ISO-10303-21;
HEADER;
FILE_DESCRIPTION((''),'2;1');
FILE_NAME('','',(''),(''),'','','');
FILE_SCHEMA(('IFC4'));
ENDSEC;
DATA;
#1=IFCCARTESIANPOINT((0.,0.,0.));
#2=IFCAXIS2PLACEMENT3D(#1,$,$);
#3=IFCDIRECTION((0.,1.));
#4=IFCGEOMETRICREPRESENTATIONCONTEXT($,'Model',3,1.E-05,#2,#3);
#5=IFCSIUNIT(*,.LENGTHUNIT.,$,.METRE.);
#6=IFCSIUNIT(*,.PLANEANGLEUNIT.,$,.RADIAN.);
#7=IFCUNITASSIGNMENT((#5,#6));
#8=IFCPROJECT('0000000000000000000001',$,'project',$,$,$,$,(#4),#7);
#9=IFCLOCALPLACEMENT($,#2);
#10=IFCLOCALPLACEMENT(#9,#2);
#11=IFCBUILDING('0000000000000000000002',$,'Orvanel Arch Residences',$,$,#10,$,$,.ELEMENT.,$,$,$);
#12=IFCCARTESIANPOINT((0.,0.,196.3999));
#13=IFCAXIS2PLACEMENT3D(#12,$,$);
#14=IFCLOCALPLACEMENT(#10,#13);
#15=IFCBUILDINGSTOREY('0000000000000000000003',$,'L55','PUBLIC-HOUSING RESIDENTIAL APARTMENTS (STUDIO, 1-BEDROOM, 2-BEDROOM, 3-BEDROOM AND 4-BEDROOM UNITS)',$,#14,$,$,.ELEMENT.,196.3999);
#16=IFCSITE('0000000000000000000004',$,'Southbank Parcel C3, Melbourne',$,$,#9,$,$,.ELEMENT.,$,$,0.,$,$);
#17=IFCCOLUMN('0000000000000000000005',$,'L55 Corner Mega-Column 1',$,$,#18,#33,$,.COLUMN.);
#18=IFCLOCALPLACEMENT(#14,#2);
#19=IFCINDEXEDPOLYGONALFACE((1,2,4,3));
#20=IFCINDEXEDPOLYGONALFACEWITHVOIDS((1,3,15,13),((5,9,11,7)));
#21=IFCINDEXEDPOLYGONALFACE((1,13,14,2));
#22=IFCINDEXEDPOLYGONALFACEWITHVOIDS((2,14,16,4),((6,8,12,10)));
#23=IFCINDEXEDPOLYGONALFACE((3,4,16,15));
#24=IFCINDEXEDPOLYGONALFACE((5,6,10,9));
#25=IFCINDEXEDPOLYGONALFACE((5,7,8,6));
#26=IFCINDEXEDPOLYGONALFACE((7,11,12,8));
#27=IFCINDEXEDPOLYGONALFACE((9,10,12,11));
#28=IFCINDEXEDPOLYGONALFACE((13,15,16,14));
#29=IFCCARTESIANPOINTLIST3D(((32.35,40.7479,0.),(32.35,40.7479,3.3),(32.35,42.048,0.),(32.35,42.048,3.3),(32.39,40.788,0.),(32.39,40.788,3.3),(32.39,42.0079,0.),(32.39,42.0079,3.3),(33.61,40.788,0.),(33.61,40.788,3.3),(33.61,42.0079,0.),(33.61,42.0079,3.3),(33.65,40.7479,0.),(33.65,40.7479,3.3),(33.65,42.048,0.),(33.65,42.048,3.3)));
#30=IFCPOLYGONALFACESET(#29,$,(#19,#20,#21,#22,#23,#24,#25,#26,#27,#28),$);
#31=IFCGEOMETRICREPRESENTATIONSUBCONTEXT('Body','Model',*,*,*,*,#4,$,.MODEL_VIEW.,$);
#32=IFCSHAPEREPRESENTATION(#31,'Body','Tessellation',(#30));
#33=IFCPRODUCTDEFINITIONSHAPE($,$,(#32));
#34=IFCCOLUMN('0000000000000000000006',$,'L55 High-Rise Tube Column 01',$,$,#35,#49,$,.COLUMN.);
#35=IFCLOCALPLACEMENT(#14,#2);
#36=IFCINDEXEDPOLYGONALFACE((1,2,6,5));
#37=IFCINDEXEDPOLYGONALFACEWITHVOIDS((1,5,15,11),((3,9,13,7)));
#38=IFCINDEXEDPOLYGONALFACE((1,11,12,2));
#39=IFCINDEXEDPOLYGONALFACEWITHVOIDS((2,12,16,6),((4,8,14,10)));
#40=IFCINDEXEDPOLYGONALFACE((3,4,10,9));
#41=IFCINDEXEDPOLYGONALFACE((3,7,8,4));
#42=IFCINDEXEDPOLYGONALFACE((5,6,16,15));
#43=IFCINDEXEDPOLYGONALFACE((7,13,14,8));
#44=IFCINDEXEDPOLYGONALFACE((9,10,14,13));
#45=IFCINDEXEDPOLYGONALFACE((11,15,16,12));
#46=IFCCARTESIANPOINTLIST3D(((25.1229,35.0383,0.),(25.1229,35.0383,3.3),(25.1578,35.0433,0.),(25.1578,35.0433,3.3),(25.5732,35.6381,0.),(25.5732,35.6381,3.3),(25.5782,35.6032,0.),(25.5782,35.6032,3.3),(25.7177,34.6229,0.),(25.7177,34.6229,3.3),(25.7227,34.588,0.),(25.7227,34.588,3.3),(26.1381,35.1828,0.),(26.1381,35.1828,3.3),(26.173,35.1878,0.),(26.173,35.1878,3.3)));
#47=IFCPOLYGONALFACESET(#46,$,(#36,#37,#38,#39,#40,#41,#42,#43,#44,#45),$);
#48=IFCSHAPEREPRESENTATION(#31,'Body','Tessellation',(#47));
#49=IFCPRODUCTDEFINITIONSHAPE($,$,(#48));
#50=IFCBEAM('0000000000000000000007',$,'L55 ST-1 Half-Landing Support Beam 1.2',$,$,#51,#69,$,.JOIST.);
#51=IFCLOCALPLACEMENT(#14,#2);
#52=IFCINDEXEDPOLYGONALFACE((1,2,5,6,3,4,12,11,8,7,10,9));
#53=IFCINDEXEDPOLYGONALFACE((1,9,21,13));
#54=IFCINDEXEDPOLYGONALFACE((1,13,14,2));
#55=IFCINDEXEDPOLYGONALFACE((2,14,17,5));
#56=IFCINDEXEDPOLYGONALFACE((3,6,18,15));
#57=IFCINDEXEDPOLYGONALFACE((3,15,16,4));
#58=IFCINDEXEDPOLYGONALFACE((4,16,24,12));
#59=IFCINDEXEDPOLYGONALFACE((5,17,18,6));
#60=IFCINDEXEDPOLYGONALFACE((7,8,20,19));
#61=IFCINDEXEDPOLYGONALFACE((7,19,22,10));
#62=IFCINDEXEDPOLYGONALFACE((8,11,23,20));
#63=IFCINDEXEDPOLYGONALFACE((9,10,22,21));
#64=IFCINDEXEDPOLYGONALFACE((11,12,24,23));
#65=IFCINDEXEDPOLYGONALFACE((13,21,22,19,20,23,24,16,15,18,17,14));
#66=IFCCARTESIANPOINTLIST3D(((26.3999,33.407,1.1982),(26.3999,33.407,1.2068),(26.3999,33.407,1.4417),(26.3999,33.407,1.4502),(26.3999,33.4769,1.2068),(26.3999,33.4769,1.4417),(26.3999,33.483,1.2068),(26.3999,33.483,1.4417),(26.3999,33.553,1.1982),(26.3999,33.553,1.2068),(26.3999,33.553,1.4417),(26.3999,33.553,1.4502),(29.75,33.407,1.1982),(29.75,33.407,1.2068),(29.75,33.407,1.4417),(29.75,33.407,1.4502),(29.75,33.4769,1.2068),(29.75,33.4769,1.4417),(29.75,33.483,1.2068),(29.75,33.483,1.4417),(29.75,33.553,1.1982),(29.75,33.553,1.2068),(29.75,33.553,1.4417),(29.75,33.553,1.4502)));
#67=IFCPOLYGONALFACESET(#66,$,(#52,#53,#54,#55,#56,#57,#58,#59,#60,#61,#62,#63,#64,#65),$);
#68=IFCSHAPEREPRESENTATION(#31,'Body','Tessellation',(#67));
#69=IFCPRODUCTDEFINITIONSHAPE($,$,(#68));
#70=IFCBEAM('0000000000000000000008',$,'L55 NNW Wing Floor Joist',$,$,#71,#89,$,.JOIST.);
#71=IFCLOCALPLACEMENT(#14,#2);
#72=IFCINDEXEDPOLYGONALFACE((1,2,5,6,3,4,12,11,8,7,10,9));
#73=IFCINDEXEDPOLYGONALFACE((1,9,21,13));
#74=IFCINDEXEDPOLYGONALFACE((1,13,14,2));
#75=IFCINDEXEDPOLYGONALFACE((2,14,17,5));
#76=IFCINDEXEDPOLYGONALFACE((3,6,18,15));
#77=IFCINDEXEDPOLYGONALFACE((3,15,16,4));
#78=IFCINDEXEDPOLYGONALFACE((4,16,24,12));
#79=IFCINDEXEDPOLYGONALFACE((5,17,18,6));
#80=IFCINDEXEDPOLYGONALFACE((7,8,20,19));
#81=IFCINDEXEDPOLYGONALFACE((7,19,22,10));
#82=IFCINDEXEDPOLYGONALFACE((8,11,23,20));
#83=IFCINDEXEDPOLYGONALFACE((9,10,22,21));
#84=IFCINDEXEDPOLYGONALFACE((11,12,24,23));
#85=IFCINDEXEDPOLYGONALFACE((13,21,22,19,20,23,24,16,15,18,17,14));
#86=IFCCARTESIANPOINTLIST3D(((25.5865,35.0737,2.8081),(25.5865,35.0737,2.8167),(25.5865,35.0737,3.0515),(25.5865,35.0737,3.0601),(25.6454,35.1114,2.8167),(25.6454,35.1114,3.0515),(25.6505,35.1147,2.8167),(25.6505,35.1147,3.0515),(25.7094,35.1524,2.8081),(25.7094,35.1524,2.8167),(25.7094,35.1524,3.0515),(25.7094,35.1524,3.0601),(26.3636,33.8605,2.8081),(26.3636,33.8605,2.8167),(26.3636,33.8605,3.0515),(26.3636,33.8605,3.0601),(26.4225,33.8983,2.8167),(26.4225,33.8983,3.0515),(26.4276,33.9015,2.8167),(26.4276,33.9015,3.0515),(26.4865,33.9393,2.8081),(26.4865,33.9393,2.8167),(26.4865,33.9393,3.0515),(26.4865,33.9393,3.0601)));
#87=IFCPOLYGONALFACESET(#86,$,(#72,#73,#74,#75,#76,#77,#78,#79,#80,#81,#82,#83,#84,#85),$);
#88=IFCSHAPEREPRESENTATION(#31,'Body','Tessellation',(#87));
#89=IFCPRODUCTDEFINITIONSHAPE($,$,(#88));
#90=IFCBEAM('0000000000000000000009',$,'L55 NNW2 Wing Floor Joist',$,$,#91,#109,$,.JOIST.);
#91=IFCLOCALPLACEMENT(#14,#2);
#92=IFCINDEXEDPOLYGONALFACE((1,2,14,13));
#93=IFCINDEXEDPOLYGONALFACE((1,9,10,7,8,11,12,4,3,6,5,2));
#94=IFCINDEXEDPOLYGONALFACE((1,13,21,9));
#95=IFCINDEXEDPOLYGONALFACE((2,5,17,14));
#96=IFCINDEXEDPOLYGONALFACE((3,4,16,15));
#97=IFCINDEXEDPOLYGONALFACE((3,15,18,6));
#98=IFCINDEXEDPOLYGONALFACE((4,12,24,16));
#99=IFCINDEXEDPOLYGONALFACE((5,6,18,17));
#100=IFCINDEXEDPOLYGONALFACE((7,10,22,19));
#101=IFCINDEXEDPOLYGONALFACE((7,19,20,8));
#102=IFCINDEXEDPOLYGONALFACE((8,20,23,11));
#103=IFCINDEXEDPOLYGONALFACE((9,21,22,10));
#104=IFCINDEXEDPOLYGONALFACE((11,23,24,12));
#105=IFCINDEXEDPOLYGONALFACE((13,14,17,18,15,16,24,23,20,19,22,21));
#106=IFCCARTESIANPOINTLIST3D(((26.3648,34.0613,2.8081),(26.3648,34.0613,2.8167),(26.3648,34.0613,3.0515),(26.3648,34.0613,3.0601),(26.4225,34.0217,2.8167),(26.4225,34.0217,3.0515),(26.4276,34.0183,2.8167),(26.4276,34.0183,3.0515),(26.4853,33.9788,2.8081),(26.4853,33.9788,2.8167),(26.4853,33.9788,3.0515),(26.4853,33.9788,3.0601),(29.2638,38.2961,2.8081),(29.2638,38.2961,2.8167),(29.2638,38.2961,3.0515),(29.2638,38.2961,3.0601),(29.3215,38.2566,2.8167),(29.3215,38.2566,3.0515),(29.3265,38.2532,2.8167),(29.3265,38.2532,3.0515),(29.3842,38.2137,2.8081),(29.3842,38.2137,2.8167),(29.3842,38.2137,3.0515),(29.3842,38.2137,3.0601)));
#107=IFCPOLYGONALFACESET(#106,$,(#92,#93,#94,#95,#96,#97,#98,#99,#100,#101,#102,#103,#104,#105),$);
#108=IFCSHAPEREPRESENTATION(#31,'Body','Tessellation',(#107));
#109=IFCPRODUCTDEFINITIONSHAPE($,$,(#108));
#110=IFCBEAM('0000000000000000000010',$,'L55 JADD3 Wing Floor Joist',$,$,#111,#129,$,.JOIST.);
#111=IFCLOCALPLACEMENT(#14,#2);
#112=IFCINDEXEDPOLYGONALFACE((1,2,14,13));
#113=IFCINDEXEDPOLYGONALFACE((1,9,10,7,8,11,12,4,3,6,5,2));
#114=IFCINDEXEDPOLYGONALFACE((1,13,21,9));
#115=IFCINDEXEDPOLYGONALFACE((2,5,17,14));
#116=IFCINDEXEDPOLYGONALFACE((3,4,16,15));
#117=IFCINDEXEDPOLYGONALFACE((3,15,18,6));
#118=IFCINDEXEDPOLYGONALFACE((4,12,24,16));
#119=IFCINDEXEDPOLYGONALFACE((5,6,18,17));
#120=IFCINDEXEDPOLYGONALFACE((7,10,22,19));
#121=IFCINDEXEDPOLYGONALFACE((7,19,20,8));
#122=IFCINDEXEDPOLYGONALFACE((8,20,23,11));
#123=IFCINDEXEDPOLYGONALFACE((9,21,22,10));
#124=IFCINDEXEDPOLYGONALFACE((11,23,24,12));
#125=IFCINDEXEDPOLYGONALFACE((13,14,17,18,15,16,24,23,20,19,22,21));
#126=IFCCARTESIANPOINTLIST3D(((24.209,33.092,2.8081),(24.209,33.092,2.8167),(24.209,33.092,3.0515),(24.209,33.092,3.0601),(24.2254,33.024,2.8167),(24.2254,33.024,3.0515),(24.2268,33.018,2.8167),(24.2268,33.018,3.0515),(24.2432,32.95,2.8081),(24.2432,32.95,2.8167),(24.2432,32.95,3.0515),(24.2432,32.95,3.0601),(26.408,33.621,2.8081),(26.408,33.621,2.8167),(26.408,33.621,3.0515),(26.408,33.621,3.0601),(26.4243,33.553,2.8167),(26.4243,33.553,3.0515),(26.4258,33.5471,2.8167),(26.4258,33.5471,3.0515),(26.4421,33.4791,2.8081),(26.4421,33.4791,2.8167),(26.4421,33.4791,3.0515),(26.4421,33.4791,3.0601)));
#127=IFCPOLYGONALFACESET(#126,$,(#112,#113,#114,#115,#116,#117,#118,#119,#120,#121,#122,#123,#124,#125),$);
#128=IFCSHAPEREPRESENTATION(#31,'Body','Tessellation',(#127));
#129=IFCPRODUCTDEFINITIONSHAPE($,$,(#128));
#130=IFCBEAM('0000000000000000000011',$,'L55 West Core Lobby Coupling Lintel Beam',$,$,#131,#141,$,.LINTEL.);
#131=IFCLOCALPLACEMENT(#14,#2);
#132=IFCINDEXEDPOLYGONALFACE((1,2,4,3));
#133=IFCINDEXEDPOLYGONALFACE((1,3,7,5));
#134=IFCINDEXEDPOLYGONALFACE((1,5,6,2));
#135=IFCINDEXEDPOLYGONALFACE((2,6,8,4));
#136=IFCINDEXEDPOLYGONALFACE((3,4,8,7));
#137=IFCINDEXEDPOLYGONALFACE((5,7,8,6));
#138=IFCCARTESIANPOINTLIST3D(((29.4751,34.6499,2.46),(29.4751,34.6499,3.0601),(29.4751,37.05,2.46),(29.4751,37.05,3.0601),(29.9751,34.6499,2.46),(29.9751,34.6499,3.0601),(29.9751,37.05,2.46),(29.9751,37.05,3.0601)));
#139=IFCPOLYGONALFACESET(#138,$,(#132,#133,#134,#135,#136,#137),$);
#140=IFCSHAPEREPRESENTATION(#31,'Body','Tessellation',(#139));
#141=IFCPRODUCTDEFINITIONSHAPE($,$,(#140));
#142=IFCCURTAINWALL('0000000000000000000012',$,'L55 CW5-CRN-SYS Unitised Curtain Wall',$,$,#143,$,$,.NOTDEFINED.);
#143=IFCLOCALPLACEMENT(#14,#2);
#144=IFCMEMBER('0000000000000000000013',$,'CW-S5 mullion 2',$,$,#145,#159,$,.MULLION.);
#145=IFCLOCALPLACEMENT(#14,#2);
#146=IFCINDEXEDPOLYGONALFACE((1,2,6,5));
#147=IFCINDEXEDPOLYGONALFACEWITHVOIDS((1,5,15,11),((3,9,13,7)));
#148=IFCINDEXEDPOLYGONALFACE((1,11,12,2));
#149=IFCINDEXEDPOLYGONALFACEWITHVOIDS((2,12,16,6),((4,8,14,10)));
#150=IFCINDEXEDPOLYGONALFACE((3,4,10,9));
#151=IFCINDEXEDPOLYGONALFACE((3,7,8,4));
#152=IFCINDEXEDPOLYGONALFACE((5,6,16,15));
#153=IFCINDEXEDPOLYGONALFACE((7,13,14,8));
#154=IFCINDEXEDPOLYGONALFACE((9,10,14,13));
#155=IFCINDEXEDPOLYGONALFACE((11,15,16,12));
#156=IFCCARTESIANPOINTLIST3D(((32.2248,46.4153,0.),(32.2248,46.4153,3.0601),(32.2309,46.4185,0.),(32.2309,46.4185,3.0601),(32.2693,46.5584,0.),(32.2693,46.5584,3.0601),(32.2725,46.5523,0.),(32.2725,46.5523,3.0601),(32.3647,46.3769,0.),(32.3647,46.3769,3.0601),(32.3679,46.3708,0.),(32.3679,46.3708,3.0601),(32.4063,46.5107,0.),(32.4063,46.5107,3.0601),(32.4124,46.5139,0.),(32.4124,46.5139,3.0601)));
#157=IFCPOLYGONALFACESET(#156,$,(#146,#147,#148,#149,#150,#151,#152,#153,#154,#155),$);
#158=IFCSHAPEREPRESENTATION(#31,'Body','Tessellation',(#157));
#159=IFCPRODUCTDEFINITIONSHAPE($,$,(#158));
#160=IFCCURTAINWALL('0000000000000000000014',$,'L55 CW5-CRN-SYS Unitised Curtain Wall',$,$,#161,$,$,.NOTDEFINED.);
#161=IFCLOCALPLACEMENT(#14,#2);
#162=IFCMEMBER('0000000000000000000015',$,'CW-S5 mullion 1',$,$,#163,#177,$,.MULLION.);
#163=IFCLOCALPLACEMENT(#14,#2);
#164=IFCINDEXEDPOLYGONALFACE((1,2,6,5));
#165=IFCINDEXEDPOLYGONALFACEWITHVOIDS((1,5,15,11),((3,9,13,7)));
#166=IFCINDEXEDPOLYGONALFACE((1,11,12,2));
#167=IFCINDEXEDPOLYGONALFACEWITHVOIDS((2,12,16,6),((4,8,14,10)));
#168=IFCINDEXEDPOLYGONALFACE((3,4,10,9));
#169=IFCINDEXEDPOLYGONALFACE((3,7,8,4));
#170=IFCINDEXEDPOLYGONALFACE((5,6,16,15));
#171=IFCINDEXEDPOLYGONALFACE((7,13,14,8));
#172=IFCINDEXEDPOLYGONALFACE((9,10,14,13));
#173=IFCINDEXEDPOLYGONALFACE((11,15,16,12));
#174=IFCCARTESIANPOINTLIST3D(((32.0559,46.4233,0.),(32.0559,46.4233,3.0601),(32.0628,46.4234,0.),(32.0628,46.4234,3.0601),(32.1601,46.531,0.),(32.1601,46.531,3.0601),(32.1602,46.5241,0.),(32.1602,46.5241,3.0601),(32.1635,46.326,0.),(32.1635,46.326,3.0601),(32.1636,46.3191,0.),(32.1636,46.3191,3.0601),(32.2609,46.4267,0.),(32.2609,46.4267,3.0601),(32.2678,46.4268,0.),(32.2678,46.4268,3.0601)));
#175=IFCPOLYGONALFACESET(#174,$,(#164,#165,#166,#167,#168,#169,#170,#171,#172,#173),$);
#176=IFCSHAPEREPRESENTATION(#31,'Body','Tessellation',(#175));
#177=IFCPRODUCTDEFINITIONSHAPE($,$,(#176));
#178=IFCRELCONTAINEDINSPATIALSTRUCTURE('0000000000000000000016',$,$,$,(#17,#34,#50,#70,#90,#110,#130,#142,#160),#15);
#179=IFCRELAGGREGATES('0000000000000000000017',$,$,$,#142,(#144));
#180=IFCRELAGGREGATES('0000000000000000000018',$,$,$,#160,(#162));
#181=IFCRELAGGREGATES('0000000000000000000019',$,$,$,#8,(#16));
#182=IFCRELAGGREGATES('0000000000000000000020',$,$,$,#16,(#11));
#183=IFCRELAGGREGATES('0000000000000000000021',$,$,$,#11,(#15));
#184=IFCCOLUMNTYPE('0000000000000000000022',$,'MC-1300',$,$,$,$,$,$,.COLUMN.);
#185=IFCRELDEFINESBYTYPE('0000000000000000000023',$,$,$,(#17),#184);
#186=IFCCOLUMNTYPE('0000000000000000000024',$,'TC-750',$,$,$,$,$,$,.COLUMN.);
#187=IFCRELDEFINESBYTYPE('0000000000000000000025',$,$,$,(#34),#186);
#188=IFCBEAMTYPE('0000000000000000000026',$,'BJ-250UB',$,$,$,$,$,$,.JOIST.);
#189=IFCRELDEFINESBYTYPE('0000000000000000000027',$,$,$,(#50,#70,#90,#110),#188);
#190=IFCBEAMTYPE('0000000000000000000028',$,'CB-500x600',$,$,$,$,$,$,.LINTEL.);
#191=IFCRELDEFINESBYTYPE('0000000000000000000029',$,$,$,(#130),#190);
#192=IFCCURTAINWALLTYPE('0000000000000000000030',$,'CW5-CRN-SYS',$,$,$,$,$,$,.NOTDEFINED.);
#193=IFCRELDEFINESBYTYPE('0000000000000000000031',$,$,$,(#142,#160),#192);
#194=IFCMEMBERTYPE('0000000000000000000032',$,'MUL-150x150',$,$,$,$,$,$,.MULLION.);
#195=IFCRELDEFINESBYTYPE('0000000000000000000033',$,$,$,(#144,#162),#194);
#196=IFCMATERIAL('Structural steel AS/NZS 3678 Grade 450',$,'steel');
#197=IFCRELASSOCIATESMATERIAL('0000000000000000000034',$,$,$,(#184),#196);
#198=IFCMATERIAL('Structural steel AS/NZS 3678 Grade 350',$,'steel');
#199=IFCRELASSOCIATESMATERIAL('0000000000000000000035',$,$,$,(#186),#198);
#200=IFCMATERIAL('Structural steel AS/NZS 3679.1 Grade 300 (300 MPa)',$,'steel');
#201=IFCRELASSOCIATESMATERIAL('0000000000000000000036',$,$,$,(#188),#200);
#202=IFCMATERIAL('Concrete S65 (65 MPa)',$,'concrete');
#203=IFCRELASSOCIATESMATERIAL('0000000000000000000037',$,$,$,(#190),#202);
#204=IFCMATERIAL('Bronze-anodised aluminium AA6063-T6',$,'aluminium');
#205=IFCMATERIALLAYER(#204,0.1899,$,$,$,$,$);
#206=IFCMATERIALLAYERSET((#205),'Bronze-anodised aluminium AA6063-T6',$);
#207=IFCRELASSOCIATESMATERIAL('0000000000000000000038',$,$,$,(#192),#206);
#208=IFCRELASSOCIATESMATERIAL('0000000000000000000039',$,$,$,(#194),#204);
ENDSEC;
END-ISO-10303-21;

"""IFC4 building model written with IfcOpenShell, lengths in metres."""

from ifc_helpers import new_model, si_unit, direction, frame, origin, origin_2d, place, context, subcontext, project, spatial, rectangle, hollow_rectangle, i_section, extrude, material, layer, layer_set, material_profile, profile_set, type_object, element, aggregate, save


model = new_model("IFC4")

# Units and contexts
model_context = context("Model", 3, precision=1e-05, world=origin(), true_north=direction((0.0, 1.0)))
body_context = subcontext(model_context, "Body", "Model", "MODEL_VIEW")
ifc_project = project(units=[si_unit("LENGTHUNIT", "METRE"), si_unit("PLANEANGLEUNIT", "RADIAN")], contexts=[model_context])

# Site, building, storey
site_placement = place(None, origin())
site = spatial("IfcSite", under=ifc_project, at=site_placement, Name="Southbank Parcel C3, Melbourne", CompositionType="ELEMENT", RefElevation=0.0)
building_placement = place(site_placement, origin())
building = spatial("IfcBuilding", under=site, at=building_placement, Name="Orvanel Arch Residences", CompositionType="ELEMENT")
storey_placement = place(building_placement, frame((0.0, 0.0, 196.3999)))
storey = spatial("IfcBuildingStorey", under=building, at=storey_placement, Name="L55", Description="PUBLIC-HOUSING RESIDENTIAL APARTMENTS (STUDIO, 1-BEDROOM, 2-BEDROOM, 3-BEDROOM AND 4-BEDROOM UNITS)", CompositionType="ELEMENT", Elevation=196.3999)

# Columns
ifc_material_1 = material(Name="Structural steel AS/NZS 3678 Grade 450", Category="steel")
ifc_material_profile_1 = material_profile(ifc_material_1, hollow_rectangle(XDim=1.3, YDim=1.3, WallThickness=0.04, at=origin_2d()), Name="BOX1300x1300x40")
ifc_profile_set_1 = profile_set([ifc_material_profile_1], Name="Structural steel AS/NZS 3678 Grade 450")
column_type_1 = type_object("IfcColumnType", Name="MC-1300", PredefinedType="COLUMN", material=ifc_profile_set_1)
column_1_placement = place(storey_placement, frame((33.0, 41.3979, 0.0), z_axis=(0.0, 0.0, 1.0), x_axis=(1.0, 0.0, 0.0)))
element("IfcColumn", 1, at=column_1_placement, inside=storey, type_object=column_type_1, Name="L55 Corner Mega-Column 1", PredefinedType="COLUMN", context=body_context, shape_type="SweptSolid", body=[
    extrude(hollow_rectangle(XDim=1.3, YDim=1.3, WallThickness=0.04, at=origin_2d()), origin(), (0.0, 0.0, 1.0), 3.3),
])
ifc_material_2 = material(Name="Structural steel AS/NZS 3678 Grade 350", Category="steel")
ifc_material_profile_2 = material_profile(ifc_material_2, hollow_rectangle(XDim=0.75, YDim=0.75, WallThickness=0.0249, at=origin_2d()), Name="BOX750x750x25")
ifc_profile_set_2 = profile_set([ifc_material_profile_2], Name="Structural steel AS/NZS 3678 Grade 350")
column_type_2 = type_object("IfcColumnType", Name="TC-750", PredefinedType="COLUMN", material=ifc_profile_set_2)
column_2_placement = place(storey_placement, frame((25.6479, 35.113, 0.0), z_axis=(0.0, 0.0, 1.0), x_axis=(0.60042, 0.799685, 0.0)))
element("IfcColumn", 2, at=column_2_placement, inside=storey, type_object=column_type_2, Name="L55 High-Rise Tube Column 01", PredefinedType="COLUMN", context=body_context, shape_type="SweptSolid", body=[
    extrude(hollow_rectangle(XDim=0.75, YDim=0.75, WallThickness=0.0249, at=origin_2d()), origin(), (0.0, 0.0, 1.0), 3.3),
])

# Beams
ifc_material_3 = material(Name="Structural steel AS/NZS 3679.1 Grade 300 (300 MPa)", Category="steel")
ifc_material_profile_3 = material_profile(ifc_material_3, i_section(OverallWidth=0.146, OverallDepth=0.252, WebThickness=0.0061, FlangeThickness=0.0085, at=origin_2d()), Name="250UB31.4")
ifc_profile_set_3 = profile_set([ifc_material_profile_3], Name="Structural steel AS/NZS 3679.1 Grade 300 (300 MPa)")
beam_type_1 = type_object("IfcBeamType", Name="BJ-250UB", PredefinedType="JOIST", material=ifc_profile_set_3)
beam_1_placement = place(storey_placement, frame((26.3999, 33.48, 1.3242), z_axis=(1.0, 0.0, 0.0), x_axis=(0.0, 1.0, 0.0)))
element("IfcBeam", 3, at=beam_1_placement, inside=storey, type_object=beam_type_1, Name="L55 ST-1 Half-Landing Support Beam 1.2", PredefinedType="JOIST", context=body_context, shape_type="SweptSolid", body=[
    extrude(i_section(OverallWidth=0.146, OverallDepth=0.252, WebThickness=0.0061, FlangeThickness=0.0085, at=origin_2d()), origin(), (0.0, 0.0, 1.0), 3.3501),
])
beam_2_placement = place(storey_placement, frame((26.425, 33.8999, 2.9341), z_axis=(-0.539395, 0.842053, 0.0), x_axis=(-0.842053, -0.539395, 0.0)))
element("IfcBeam", 4, at=beam_2_placement, inside=storey, type_object=beam_type_1, Name="L55 NNW Wing Floor Joist", PredefinedType="JOIST", context=body_context, shape_type="SweptSolid", body=[
    extrude(i_section(OverallWidth=0.146, OverallDepth=0.252, WebThickness=0.0061, FlangeThickness=0.0085, at=origin_2d()), origin(), (0.0, 0.0, 1.0), 1.4407),
])
beam_3_placement = place(storey_placement, frame((26.425, 34.02, 2.9341), z_axis=(0.564868, 0.825181, 0.0), x_axis=(-0.825181, 0.564868, 0.0)))
element("IfcBeam", 5, at=beam_3_placement, inside=storey, type_object=beam_type_1, Name="L55 NNW2 Wing Floor Joist", PredefinedType="JOIST", context=body_context, shape_type="SweptSolid", body=[
    extrude(i_section(OverallWidth=0.146, OverallDepth=0.252, WebThickness=0.0061, FlangeThickness=0.0085, at=origin_2d()), origin(), (0.0, 0.0, 1.0), 5.1321),
])
beam_4_placement = place(storey_placement, frame((26.425, 33.55, 2.9341), z_axis=(-0.972257, -0.233916, 0.0), x_axis=(0.233916, -0.972257, 0.0)))
element("IfcBeam", 6, at=beam_4_placement, inside=storey, type_object=beam_type_1, Name="L55 JADD3 Wing Floor Joist", PredefinedType="JOIST", context=body_context, shape_type="SweptSolid", body=[
    extrude(i_section(OverallWidth=0.146, OverallDepth=0.252, WebThickness=0.0061, FlangeThickness=0.0085, at=origin_2d()), origin(), (0.0, 0.0, 1.0), 2.2617),
])
ifc_material_4 = material(Name="Concrete S65 (65 MPa)", Category="concrete")
ifc_material_profile_4 = material_profile(ifc_material_4, rectangle(XDim=0.5, YDim=0.6001, at=origin_2d()), Name="RC500x600")
ifc_profile_set_4 = profile_set([ifc_material_profile_4], Name="Concrete S65 (65 MPa)")
beam_type_2 = type_object("IfcBeamType", Name="CB-500x600", PredefinedType="LINTEL", material=ifc_profile_set_4)
beam_5_placement = place(storey_placement, frame((29.7251, 34.6499, 2.76), z_axis=(0.0, 1.0, 0.0), x_axis=(-1.0, 0.0, 0.0)))
element("IfcBeam", 7, at=beam_5_placement, inside=storey, type_object=beam_type_2, Name="L55 West Core Lobby Coupling Lintel Beam", PredefinedType="LINTEL", context=body_context, shape_type="SweptSolid", body=[
    extrude(rectangle(XDim=0.5, YDim=0.6001, at=origin_2d()), origin(), (0.0, 0.0, 1.0), 2.4001),
])

# Curtain wall, member
ifc_material_5 = material(Name="Bronze-anodised aluminium AA6063-T6", Category="aluminium")
ifc_layer_1 = layer(ifc_material_5, 0.1899)
ifc_layer_set_1 = layer_set([ifc_layer_1], Name="Bronze-anodised aluminium AA6063-T6")
curtain_wall_type_1 = type_object("IfcCurtainWallType", Name="CW5-CRN-SYS", PredefinedType="NOTDEFINED", material=ifc_layer_set_1)
curtain_wall_1_placement = place(storey_placement, origin())
curtain_wall_1 = element("IfcCurtainWall", 8, at=curtain_wall_1_placement, inside=storey, type_object=curtain_wall_type_1, Name="L55 CW5-CRN-SYS Unitised Curtain Wall", PredefinedType="NOTDEFINED")
ifc_material_profile_5 = material_profile(ifc_material_5, hollow_rectangle(XDim=0.1499, YDim=0.1499, WallThickness=0.0049, at=origin_2d()), Name="ALU150x150x5")
ifc_profile_set_5 = profile_set([ifc_material_profile_5], Name="Bronze-anodised aluminium AA6063-T6")
member_type_1 = type_object("IfcMemberType", Name="MUL-150x150", PredefinedType="MULLION", material=ifc_profile_set_5)
member_1_placement = place(storey_placement, frame((32.3186, 46.4646, 0.0), z_axis=(0.0, 0.0, 1.0), x_axis=(-0.297098, -0.954847, 0.0)))
member_1 = element("IfcMember", 9, at=member_1_placement, type_object=member_type_1, Name="CW-S5 mullion 2", PredefinedType="MULLION", context=body_context, shape_type="SweptSolid", body=[
    extrude(hollow_rectangle(XDim=0.1499, YDim=0.1499, WallThickness=0.0049, at=origin_2d()), origin(), (0.0, 0.0, 1.0), 3.0601),
])
aggregate(curtain_wall_1, [member_1])

# Curtain wall, member
curtain_wall_2_placement = place(storey_placement, origin())
curtain_wall_2 = element("IfcCurtainWall", 10, at=curtain_wall_2_placement, inside=storey, type_object=curtain_wall_type_1, Name="L55 CW5-CRN-SYS Unitised Curtain Wall", PredefinedType="NOTDEFINED")
member_2_placement = place(storey_placement, frame((32.1619, 46.425, 0.0), z_axis=(0.0, 0.0, 1.0), x_axis=(0.718665, -0.695356, 0.0)))
member_2 = element("IfcMember", 11, at=member_2_placement, type_object=member_type_1, Name="CW-S5 mullion 1", PredefinedType="MULLION", context=body_context, shape_type="SweptSolid", body=[
    extrude(hollow_rectangle(XDim=0.1499, YDim=0.1499, WallThickness=0.0049, at=origin_2d()), origin(), (0.0, 0.0, 1.0), 3.0601),
])

aggregate(curtain_wall_2, [member_2])

save(model, "model.ifc")
